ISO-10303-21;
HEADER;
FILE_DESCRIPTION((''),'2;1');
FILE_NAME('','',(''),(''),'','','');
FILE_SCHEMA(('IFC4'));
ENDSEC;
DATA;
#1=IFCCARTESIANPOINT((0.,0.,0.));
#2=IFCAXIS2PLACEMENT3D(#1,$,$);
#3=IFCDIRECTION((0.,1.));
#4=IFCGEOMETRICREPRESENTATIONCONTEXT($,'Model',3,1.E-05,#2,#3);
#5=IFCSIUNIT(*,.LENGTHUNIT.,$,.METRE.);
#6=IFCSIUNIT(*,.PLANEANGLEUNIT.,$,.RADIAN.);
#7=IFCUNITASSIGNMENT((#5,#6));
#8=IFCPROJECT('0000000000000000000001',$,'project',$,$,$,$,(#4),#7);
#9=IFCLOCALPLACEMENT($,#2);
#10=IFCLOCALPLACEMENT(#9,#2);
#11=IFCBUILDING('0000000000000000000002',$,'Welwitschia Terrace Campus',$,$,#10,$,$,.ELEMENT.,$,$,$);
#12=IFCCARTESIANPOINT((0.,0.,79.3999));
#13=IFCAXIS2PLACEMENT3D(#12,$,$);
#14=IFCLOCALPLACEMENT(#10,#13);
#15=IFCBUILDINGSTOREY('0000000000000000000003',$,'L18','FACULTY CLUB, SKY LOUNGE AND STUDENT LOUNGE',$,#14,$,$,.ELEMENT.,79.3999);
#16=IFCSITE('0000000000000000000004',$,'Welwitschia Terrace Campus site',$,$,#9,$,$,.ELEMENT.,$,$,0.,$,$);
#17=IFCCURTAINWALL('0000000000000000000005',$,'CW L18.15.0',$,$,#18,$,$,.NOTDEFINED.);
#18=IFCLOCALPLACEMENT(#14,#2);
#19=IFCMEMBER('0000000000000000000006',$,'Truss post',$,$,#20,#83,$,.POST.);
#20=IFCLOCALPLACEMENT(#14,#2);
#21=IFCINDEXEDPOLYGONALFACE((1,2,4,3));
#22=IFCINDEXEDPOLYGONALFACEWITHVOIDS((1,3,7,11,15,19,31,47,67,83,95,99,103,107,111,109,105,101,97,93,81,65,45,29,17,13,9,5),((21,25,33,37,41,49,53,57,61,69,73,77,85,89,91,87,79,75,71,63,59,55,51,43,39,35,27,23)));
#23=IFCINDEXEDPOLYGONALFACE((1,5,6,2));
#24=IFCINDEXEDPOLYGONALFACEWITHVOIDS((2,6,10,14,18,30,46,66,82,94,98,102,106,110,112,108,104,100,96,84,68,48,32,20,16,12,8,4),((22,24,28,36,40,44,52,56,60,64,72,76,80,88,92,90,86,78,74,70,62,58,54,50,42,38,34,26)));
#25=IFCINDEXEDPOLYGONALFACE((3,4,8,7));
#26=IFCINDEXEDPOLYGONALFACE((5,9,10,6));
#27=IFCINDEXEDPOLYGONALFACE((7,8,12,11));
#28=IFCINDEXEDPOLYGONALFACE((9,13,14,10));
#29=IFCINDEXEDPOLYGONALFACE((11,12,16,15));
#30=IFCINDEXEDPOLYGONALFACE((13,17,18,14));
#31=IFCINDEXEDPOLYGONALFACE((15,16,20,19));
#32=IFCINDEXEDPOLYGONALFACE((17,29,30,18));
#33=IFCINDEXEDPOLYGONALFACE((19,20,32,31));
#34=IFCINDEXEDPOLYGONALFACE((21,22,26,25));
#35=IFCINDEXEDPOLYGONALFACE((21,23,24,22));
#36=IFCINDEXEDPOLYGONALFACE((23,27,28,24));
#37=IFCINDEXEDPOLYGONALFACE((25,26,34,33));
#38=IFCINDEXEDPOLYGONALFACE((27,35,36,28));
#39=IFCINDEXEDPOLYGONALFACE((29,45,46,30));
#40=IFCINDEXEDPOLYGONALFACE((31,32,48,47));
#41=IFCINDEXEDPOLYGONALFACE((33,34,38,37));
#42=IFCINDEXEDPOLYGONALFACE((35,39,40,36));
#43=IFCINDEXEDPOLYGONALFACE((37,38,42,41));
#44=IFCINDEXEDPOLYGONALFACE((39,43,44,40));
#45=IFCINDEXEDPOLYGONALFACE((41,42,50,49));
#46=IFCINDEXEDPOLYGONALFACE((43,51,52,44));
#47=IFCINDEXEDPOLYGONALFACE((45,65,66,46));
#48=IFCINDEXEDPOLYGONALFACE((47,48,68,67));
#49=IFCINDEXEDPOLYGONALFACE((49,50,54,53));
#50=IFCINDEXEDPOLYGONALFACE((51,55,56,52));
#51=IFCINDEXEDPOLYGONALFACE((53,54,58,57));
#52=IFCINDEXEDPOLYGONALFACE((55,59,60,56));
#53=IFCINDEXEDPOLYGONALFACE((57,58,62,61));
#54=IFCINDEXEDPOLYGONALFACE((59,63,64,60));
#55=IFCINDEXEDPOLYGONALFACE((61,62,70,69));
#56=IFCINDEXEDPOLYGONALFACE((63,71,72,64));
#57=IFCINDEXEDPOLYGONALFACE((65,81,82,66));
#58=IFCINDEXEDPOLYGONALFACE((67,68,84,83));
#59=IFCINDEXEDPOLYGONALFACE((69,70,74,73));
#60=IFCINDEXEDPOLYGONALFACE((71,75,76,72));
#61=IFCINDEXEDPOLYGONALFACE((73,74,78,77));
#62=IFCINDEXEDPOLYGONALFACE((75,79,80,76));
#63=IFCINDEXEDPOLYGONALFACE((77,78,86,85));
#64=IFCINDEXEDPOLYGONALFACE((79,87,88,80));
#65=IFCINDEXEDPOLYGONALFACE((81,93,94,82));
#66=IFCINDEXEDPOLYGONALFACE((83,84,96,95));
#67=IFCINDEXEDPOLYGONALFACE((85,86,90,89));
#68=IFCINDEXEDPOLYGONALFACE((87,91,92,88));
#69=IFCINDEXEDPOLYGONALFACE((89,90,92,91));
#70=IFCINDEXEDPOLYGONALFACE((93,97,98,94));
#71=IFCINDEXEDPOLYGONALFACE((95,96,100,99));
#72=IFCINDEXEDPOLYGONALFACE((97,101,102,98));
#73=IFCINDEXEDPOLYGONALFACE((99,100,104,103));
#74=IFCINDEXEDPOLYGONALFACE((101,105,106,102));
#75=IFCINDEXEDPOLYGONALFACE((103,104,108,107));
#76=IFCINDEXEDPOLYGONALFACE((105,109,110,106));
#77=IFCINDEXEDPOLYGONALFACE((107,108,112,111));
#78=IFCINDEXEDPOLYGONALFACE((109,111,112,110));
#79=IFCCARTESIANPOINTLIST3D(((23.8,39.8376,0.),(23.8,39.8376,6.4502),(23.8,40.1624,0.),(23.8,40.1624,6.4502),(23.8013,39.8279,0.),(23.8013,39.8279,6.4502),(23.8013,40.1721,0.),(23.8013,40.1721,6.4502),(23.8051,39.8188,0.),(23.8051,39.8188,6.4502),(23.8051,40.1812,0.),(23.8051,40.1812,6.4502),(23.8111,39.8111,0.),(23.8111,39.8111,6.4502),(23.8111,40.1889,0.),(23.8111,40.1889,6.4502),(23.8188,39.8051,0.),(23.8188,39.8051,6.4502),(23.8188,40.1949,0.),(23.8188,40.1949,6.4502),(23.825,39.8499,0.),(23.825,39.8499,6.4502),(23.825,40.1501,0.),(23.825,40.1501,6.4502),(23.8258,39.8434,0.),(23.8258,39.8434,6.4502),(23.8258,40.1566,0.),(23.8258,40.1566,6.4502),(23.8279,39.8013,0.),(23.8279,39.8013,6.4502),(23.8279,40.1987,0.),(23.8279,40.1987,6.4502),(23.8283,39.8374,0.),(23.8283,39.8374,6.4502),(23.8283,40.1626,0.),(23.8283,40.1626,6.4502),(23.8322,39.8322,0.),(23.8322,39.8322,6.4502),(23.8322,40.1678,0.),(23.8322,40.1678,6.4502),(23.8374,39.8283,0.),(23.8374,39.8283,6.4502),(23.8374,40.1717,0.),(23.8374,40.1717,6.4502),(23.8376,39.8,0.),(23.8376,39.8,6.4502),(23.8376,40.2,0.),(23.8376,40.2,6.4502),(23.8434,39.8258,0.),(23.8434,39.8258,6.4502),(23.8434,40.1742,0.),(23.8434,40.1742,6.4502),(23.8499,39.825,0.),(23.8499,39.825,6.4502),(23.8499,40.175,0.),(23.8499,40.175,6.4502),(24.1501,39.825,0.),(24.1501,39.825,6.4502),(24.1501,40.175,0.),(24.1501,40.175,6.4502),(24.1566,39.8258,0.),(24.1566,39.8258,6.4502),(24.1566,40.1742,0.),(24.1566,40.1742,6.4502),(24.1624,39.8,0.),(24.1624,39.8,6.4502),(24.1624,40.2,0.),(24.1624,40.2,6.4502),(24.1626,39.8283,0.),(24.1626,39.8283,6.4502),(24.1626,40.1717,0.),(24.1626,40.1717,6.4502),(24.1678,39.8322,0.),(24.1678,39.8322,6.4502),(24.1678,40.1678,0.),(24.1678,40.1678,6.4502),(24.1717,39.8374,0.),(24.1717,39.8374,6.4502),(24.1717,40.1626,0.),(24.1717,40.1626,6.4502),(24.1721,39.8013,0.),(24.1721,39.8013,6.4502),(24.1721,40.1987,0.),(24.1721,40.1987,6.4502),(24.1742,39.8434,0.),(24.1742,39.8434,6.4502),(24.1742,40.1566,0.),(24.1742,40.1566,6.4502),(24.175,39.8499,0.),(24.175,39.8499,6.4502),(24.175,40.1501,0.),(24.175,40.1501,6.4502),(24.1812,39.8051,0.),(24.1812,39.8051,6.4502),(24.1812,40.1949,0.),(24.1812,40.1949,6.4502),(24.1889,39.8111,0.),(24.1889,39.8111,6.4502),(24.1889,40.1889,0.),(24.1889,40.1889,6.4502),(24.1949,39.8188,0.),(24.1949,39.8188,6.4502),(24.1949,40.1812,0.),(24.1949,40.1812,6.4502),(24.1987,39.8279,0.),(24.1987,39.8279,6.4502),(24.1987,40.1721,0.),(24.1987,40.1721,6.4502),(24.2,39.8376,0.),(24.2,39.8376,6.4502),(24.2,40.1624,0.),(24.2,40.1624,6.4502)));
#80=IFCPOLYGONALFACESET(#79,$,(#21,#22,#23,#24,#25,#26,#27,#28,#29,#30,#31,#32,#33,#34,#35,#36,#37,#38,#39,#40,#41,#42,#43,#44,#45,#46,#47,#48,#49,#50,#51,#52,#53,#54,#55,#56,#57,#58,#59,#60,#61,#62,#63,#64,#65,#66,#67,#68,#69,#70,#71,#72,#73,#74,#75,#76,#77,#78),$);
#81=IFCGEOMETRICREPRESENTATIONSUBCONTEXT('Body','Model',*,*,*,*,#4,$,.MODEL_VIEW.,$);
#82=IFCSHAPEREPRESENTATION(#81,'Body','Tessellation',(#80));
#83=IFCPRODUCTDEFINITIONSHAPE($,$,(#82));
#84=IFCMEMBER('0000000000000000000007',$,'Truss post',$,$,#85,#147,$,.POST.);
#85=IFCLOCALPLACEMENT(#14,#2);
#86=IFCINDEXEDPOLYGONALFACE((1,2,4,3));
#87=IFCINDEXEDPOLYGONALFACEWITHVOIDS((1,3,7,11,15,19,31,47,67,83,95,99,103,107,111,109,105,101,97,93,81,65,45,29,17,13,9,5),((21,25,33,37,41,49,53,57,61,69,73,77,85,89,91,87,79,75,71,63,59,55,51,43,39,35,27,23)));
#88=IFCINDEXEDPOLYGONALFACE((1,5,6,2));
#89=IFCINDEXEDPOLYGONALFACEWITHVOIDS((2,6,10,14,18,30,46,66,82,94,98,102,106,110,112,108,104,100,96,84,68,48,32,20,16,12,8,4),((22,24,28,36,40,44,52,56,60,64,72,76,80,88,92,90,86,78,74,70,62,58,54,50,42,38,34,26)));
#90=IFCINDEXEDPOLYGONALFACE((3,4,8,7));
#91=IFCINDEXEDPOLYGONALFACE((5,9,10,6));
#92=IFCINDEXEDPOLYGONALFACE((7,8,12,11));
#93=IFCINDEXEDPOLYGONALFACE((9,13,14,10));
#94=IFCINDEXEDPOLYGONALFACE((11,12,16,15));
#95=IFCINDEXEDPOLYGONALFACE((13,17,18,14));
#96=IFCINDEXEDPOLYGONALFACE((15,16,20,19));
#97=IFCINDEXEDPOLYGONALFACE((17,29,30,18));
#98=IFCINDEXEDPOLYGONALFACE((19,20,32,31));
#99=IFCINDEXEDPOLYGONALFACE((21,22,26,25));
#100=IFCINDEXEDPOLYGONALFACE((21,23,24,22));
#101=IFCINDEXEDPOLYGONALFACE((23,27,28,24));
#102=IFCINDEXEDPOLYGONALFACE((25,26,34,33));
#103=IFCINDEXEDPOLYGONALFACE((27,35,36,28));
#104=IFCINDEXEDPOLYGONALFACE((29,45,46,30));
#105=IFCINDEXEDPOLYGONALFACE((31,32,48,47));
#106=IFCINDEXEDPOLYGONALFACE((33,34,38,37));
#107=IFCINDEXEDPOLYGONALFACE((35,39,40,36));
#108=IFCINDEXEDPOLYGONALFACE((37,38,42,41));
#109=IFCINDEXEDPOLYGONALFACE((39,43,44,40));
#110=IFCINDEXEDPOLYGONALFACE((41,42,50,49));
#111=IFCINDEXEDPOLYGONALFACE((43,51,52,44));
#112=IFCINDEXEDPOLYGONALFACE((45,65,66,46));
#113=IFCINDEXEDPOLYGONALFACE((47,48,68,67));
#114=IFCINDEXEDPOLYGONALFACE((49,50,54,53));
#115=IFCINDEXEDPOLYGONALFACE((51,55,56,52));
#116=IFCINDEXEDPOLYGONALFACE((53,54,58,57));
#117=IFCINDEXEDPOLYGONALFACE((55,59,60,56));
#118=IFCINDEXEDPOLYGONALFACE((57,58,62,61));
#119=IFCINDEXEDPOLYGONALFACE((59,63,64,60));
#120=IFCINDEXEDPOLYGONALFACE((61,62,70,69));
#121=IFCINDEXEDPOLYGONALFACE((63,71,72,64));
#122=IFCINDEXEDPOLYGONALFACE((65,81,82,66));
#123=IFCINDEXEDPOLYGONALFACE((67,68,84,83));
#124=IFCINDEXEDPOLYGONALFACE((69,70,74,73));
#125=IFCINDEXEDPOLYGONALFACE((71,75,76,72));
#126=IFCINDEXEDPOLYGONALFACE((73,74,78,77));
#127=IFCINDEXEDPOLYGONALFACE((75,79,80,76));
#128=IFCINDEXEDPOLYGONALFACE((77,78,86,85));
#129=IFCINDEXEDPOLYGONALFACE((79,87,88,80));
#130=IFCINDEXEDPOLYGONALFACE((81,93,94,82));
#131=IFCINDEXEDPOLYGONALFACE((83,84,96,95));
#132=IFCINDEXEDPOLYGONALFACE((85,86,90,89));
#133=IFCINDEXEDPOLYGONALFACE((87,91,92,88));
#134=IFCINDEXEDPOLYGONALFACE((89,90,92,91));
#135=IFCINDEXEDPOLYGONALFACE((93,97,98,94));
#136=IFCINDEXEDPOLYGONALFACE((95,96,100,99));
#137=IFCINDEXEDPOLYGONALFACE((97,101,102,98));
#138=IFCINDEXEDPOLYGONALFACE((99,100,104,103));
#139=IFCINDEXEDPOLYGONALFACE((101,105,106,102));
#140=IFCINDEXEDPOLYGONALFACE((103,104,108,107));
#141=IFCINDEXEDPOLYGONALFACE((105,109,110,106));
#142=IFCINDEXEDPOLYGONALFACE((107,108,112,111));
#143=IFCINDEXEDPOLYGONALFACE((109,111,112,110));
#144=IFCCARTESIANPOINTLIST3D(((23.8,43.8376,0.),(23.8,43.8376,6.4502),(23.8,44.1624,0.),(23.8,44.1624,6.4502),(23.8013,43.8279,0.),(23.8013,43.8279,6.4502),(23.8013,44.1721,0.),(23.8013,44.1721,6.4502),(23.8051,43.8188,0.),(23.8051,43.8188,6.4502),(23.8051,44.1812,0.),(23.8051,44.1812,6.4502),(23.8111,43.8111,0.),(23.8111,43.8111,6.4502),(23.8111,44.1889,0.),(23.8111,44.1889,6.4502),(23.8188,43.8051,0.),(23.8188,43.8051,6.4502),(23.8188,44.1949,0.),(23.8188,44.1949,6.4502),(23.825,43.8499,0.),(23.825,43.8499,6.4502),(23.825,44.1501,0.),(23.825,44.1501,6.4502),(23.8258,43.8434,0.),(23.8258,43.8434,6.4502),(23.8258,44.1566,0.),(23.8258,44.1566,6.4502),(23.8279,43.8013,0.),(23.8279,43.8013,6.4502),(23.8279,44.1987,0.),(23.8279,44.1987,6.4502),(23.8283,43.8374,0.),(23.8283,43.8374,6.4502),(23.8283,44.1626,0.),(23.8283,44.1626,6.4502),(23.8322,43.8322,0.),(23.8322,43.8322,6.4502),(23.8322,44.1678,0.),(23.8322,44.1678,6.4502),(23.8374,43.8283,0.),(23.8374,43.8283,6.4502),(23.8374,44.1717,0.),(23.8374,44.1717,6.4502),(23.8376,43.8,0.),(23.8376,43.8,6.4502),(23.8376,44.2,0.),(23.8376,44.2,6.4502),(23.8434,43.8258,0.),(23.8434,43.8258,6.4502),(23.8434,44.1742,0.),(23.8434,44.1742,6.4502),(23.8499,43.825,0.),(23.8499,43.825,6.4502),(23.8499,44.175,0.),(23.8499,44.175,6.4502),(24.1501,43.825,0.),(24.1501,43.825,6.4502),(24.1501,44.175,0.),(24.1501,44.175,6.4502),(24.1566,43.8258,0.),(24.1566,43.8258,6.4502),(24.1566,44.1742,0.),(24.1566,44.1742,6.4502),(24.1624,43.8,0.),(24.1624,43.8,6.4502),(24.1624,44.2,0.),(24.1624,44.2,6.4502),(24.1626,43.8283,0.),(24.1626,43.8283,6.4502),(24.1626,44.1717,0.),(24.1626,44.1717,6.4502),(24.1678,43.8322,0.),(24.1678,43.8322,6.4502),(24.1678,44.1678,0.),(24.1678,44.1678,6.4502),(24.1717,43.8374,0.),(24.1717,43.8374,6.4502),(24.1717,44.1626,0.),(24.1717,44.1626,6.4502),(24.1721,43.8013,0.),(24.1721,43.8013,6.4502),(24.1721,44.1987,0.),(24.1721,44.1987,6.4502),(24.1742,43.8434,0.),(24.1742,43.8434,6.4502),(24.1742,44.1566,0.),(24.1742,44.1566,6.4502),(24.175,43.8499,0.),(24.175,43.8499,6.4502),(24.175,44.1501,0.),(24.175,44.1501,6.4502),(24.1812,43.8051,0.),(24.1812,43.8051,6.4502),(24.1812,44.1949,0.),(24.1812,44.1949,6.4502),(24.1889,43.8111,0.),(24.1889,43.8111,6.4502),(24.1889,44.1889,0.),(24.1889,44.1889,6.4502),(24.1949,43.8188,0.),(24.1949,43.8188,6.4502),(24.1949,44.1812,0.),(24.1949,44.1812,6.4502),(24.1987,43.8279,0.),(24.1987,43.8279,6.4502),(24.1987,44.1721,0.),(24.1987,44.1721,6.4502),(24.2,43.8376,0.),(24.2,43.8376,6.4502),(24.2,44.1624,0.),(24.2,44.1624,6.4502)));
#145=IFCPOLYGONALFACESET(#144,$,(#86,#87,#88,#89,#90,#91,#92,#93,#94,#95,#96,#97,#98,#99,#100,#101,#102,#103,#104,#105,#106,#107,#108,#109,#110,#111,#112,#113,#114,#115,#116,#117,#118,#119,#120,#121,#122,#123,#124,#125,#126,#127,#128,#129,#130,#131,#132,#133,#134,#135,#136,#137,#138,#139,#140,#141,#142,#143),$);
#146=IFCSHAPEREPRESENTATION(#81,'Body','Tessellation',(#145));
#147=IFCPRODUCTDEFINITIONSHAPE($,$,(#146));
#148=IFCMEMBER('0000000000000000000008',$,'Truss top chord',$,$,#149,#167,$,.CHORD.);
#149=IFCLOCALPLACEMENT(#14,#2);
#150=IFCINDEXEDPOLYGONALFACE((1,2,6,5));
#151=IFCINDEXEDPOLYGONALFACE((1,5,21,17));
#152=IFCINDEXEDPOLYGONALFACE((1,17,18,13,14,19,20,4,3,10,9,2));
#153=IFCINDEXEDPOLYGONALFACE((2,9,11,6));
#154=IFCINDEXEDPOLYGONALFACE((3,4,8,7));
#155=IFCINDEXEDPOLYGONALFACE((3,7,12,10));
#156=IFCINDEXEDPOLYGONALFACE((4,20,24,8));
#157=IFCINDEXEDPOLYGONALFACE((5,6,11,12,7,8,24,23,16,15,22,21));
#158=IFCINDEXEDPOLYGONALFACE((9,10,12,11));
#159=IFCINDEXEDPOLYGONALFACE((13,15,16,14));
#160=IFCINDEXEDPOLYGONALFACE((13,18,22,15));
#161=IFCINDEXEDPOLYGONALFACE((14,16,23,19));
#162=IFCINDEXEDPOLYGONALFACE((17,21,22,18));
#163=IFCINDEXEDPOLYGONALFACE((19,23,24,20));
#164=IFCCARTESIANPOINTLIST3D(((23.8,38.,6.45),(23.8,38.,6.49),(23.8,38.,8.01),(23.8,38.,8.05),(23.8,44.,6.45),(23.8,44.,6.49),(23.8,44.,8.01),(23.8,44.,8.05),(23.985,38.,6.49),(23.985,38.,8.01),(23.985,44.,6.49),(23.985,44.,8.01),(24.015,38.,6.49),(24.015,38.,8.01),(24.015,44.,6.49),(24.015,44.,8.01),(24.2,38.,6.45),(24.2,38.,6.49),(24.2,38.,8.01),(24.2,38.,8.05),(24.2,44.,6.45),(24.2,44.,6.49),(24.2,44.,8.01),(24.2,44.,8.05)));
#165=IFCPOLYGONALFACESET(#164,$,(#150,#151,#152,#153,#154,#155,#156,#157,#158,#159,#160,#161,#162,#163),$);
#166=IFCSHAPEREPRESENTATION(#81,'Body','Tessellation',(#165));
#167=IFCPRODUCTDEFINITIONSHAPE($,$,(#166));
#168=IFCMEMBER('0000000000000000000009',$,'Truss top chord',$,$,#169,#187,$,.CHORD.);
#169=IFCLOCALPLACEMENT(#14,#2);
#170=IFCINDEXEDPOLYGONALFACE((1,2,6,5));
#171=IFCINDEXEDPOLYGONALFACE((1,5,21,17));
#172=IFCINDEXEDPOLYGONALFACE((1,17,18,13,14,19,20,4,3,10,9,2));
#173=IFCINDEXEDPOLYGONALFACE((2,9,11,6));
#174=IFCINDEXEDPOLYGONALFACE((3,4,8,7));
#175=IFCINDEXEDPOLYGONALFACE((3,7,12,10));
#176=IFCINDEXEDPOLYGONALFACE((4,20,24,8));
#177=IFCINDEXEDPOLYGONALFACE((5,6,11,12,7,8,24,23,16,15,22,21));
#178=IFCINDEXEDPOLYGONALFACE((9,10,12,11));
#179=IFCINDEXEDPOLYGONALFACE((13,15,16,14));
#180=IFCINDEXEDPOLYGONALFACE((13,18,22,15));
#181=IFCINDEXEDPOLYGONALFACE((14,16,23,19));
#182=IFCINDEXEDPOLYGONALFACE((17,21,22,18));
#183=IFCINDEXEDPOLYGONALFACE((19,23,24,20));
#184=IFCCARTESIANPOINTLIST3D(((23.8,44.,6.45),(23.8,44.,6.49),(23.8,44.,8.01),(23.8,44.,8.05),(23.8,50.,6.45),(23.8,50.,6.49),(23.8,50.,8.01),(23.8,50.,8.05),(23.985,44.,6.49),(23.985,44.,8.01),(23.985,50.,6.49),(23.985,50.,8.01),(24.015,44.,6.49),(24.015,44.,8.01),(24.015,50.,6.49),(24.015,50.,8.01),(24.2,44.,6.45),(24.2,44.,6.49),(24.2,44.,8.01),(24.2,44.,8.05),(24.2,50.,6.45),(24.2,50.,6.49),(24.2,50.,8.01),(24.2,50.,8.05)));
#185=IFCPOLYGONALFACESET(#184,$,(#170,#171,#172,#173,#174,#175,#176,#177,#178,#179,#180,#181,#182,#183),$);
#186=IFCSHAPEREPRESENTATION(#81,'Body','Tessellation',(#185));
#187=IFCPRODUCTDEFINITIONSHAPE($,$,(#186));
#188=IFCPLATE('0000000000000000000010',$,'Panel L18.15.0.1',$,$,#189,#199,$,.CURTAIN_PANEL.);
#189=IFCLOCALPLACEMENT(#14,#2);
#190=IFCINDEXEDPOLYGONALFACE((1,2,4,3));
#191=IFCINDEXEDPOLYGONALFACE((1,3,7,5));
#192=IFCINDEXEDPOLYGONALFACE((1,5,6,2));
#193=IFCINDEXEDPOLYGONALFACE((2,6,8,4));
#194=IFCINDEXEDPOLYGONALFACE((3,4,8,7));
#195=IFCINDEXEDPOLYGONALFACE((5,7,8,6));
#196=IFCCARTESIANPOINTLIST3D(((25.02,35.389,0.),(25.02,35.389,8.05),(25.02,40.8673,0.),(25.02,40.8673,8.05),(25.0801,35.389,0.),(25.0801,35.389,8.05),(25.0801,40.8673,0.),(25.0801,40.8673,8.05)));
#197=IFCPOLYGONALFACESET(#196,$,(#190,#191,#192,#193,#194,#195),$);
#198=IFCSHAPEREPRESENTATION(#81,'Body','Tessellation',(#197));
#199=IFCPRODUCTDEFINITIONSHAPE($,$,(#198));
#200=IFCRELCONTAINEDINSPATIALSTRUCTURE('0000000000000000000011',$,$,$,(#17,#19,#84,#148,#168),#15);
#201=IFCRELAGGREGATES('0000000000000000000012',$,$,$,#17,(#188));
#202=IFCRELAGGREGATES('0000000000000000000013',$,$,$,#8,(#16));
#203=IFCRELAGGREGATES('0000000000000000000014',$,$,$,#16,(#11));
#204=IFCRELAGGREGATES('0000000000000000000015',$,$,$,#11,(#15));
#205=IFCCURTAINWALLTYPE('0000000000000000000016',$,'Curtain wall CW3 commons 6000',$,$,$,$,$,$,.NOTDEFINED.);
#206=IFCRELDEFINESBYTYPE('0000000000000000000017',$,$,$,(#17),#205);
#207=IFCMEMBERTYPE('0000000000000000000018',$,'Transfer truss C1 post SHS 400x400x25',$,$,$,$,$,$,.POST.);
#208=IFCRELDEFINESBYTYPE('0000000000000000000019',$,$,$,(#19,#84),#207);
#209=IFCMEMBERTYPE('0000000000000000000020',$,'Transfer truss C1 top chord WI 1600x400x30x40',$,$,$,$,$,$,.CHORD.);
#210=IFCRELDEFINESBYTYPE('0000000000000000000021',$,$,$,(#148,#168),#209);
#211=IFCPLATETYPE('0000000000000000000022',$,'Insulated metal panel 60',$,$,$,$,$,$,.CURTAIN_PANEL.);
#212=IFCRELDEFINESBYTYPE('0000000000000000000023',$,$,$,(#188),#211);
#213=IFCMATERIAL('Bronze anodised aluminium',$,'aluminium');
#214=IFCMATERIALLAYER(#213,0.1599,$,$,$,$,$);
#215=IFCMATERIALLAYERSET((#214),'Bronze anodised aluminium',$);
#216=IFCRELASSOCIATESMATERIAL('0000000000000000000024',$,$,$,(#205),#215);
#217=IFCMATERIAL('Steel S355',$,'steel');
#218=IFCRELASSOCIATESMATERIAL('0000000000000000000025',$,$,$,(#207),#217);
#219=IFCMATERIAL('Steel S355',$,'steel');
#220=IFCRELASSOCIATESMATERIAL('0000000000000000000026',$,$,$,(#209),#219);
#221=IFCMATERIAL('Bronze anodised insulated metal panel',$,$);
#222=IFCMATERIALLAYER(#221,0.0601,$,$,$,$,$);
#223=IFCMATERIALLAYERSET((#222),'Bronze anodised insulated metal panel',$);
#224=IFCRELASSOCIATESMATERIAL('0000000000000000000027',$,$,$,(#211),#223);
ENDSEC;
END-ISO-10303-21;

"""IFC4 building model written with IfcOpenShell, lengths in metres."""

from ifc_helpers import new_model, si_unit, direction, frame, origin, origin_2d, place, context, subcontext, project, spatial, rectangle, hollow_rectangle, i_section, extrude, material, layer, layer_set, material_profile, profile_set, type_object, element, aggregate, save


model = new_model("IFC4")

# Units and contexts
model_context = context("Model", 3, precision=1e-05, world=origin(), true_north=direction((0.0, 1.0)))
body_context = subcontext(model_context, "Body", "Model", "MODEL_VIEW")
ifc_project = project(units=[si_unit("LENGTHUNIT", "METRE"), si_unit("PLANEANGLEUNIT", "RADIAN")], contexts=[model_context])

# Site, building, storey
site_placement = place(None, origin())
site = spatial("IfcSite", under=ifc_project, at=site_placement, Name="Welwitschia Terrace Campus site", CompositionType="ELEMENT", RefElevation=0.0)
building_placement = place(site_placement, origin())
building = spatial("IfcBuilding", under=site, at=building_placement, Name="Welwitschia Terrace Campus", CompositionType="ELEMENT")
storey_placement = place(building_placement, frame((0.0, 0.0, 79.3999)))
storey = spatial("IfcBuildingStorey", under=building, at=storey_placement, Name="L18", Description="FACULTY CLUB, SKY LOUNGE AND STUDENT LOUNGE", CompositionType="ELEMENT", Elevation=79.3999)

# Curtain wall
ifc_material_1 = material(Name="Bronze anodised aluminium", Category="aluminium")
ifc_layer_1 = layer(ifc_material_1, 0.1599)
ifc_layer_set_1 = layer_set([ifc_layer_1], Name="Bronze anodised aluminium")
curtain_wall_type = type_object("IfcCurtainWallType", Name="Curtain wall CW3 commons 6000", PredefinedType="NOTDEFINED", material=ifc_layer_set_1)
curtain_wall_placement = place(storey_placement, origin())
curtain_wall = element("IfcCurtainWall", 1, at=curtain_wall_placement, inside=storey, type_object=curtain_wall_type, Name="CW L18.15.0", PredefinedType="NOTDEFINED")

# Members
ifc_material_2 = material(Name="Steel S355", Category="steel")
ifc_material_profile_1 = material_profile(ifc_material_2, hollow_rectangle(XDim=0.3999, YDim=0.3999, WallThickness=0.0249, InnerFilletRadius=0.0249, OuterFilletRadius=0.0376, at=origin_2d()))
ifc_profile_set_1 = profile_set([ifc_material_profile_1], Name="Steel S355")
member_type_1 = type_object("IfcMemberType", Name="Transfer truss C1 post SHS 400x400x25", PredefinedType="POST", material=ifc_profile_set_1)
for number, where, z_axis, x_axis, name in (
    (2, (24.0, 40.0, 0.0), (0.0, 0.0, 1.0), (1.0, 0.0, 0.0), "Truss post"),
    (3, (24.0, 44.0, 0.0), (0.0, 0.0, 1.0), (1.0, 0.0, 0.0), "Truss post"),
):
    element("IfcMember", number, at=place(storey_placement, frame(where, z_axis=z_axis, x_axis=x_axis)), inside=storey, type_object=member_type_1, Name=name, PredefinedType="POST", context=body_context, shape_type="SweptSolid", body=[
        extrude(hollow_rectangle(XDim=0.3999, YDim=0.3999, WallThickness=0.0249, InnerFilletRadius=0.0249, OuterFilletRadius=0.0376, at=origin_2d()), origin(), (0.0, 0.0, 1.0), 6.4502),
    ])
ifc_material_3 = material(Name="Steel S355", Category="steel")
ifc_material_profile_2 = material_profile(ifc_material_3, i_section(OverallWidth=0.3999, OverallDepth=1.6001, WebThickness=0.03, FlangeThickness=0.04, at=origin_2d()))
ifc_profile_set_2 = profile_set([ifc_material_profile_2], Name="Steel S355")
member_type_2 = type_object("IfcMemberType", Name="Transfer truss C1 top chord WI 1600x400x30x40", PredefinedType="CHORD", material=ifc_profile_set_2)
for number, where, z_axis, x_axis, name in (
    (4, (24.0, 38.0, 7.25), (0.0, 1.0, 0.0), (-1.0, 0.0, 0.0), "Truss top chord"),
    (5, (24.0, 44.0, 7.25), (0.0, 1.0, 0.0), (-1.0, 0.0, 0.0), "Truss top chord"),
):
    element("IfcMember", number, at=place(storey_placement, frame(where, z_axis=z_axis, x_axis=x_axis)), inside=storey, type_object=member_type_2, Name=name, PredefinedType="CHORD", context=body_context, shape_type="SweptSolid", body=[
        extrude(i_section(OverallWidth=0.3999, OverallDepth=1.6001, WebThickness=0.03, FlangeThickness=0.04, at=origin_2d()), origin(), (0.0, 0.0, 1.0), 6.0),
    ])

# Plate
ifc_material_4 = material(Name="Bronze anodised insulated metal panel")
ifc_layer_2 = layer(ifc_material_4, 0.0601)
ifc_layer_set_2 = layer_set([ifc_layer_2], Name="Bronze anodised insulated metal panel")
plate_type = type_object("IfcPlateType", Name="Insulated metal panel 60", PredefinedType="CURTAIN_PANEL", material=ifc_layer_set_2)
plate_1_placement = place(storey_placement, frame((25.05, 38.1282, 0.0), z_axis=(0.0, 0.0, 1.0), x_axis=(0.0, 1.0, 0.0)))
plate_1 = element("IfcPlate", 6, at=plate_1_placement, type_object=plate_type, Name="Panel L18.15.0.1", PredefinedType="CURTAIN_PANEL", context=body_context, shape_type="SweptSolid", body=[
    extrude(rectangle(XDim=5.4783, YDim=0.0601, at=origin_2d()), origin(), (0.0, 0.0, 1.0), 8.05),
])
aggregate(curtain_wall, [plate_1])

save(model, "model.ifc")
